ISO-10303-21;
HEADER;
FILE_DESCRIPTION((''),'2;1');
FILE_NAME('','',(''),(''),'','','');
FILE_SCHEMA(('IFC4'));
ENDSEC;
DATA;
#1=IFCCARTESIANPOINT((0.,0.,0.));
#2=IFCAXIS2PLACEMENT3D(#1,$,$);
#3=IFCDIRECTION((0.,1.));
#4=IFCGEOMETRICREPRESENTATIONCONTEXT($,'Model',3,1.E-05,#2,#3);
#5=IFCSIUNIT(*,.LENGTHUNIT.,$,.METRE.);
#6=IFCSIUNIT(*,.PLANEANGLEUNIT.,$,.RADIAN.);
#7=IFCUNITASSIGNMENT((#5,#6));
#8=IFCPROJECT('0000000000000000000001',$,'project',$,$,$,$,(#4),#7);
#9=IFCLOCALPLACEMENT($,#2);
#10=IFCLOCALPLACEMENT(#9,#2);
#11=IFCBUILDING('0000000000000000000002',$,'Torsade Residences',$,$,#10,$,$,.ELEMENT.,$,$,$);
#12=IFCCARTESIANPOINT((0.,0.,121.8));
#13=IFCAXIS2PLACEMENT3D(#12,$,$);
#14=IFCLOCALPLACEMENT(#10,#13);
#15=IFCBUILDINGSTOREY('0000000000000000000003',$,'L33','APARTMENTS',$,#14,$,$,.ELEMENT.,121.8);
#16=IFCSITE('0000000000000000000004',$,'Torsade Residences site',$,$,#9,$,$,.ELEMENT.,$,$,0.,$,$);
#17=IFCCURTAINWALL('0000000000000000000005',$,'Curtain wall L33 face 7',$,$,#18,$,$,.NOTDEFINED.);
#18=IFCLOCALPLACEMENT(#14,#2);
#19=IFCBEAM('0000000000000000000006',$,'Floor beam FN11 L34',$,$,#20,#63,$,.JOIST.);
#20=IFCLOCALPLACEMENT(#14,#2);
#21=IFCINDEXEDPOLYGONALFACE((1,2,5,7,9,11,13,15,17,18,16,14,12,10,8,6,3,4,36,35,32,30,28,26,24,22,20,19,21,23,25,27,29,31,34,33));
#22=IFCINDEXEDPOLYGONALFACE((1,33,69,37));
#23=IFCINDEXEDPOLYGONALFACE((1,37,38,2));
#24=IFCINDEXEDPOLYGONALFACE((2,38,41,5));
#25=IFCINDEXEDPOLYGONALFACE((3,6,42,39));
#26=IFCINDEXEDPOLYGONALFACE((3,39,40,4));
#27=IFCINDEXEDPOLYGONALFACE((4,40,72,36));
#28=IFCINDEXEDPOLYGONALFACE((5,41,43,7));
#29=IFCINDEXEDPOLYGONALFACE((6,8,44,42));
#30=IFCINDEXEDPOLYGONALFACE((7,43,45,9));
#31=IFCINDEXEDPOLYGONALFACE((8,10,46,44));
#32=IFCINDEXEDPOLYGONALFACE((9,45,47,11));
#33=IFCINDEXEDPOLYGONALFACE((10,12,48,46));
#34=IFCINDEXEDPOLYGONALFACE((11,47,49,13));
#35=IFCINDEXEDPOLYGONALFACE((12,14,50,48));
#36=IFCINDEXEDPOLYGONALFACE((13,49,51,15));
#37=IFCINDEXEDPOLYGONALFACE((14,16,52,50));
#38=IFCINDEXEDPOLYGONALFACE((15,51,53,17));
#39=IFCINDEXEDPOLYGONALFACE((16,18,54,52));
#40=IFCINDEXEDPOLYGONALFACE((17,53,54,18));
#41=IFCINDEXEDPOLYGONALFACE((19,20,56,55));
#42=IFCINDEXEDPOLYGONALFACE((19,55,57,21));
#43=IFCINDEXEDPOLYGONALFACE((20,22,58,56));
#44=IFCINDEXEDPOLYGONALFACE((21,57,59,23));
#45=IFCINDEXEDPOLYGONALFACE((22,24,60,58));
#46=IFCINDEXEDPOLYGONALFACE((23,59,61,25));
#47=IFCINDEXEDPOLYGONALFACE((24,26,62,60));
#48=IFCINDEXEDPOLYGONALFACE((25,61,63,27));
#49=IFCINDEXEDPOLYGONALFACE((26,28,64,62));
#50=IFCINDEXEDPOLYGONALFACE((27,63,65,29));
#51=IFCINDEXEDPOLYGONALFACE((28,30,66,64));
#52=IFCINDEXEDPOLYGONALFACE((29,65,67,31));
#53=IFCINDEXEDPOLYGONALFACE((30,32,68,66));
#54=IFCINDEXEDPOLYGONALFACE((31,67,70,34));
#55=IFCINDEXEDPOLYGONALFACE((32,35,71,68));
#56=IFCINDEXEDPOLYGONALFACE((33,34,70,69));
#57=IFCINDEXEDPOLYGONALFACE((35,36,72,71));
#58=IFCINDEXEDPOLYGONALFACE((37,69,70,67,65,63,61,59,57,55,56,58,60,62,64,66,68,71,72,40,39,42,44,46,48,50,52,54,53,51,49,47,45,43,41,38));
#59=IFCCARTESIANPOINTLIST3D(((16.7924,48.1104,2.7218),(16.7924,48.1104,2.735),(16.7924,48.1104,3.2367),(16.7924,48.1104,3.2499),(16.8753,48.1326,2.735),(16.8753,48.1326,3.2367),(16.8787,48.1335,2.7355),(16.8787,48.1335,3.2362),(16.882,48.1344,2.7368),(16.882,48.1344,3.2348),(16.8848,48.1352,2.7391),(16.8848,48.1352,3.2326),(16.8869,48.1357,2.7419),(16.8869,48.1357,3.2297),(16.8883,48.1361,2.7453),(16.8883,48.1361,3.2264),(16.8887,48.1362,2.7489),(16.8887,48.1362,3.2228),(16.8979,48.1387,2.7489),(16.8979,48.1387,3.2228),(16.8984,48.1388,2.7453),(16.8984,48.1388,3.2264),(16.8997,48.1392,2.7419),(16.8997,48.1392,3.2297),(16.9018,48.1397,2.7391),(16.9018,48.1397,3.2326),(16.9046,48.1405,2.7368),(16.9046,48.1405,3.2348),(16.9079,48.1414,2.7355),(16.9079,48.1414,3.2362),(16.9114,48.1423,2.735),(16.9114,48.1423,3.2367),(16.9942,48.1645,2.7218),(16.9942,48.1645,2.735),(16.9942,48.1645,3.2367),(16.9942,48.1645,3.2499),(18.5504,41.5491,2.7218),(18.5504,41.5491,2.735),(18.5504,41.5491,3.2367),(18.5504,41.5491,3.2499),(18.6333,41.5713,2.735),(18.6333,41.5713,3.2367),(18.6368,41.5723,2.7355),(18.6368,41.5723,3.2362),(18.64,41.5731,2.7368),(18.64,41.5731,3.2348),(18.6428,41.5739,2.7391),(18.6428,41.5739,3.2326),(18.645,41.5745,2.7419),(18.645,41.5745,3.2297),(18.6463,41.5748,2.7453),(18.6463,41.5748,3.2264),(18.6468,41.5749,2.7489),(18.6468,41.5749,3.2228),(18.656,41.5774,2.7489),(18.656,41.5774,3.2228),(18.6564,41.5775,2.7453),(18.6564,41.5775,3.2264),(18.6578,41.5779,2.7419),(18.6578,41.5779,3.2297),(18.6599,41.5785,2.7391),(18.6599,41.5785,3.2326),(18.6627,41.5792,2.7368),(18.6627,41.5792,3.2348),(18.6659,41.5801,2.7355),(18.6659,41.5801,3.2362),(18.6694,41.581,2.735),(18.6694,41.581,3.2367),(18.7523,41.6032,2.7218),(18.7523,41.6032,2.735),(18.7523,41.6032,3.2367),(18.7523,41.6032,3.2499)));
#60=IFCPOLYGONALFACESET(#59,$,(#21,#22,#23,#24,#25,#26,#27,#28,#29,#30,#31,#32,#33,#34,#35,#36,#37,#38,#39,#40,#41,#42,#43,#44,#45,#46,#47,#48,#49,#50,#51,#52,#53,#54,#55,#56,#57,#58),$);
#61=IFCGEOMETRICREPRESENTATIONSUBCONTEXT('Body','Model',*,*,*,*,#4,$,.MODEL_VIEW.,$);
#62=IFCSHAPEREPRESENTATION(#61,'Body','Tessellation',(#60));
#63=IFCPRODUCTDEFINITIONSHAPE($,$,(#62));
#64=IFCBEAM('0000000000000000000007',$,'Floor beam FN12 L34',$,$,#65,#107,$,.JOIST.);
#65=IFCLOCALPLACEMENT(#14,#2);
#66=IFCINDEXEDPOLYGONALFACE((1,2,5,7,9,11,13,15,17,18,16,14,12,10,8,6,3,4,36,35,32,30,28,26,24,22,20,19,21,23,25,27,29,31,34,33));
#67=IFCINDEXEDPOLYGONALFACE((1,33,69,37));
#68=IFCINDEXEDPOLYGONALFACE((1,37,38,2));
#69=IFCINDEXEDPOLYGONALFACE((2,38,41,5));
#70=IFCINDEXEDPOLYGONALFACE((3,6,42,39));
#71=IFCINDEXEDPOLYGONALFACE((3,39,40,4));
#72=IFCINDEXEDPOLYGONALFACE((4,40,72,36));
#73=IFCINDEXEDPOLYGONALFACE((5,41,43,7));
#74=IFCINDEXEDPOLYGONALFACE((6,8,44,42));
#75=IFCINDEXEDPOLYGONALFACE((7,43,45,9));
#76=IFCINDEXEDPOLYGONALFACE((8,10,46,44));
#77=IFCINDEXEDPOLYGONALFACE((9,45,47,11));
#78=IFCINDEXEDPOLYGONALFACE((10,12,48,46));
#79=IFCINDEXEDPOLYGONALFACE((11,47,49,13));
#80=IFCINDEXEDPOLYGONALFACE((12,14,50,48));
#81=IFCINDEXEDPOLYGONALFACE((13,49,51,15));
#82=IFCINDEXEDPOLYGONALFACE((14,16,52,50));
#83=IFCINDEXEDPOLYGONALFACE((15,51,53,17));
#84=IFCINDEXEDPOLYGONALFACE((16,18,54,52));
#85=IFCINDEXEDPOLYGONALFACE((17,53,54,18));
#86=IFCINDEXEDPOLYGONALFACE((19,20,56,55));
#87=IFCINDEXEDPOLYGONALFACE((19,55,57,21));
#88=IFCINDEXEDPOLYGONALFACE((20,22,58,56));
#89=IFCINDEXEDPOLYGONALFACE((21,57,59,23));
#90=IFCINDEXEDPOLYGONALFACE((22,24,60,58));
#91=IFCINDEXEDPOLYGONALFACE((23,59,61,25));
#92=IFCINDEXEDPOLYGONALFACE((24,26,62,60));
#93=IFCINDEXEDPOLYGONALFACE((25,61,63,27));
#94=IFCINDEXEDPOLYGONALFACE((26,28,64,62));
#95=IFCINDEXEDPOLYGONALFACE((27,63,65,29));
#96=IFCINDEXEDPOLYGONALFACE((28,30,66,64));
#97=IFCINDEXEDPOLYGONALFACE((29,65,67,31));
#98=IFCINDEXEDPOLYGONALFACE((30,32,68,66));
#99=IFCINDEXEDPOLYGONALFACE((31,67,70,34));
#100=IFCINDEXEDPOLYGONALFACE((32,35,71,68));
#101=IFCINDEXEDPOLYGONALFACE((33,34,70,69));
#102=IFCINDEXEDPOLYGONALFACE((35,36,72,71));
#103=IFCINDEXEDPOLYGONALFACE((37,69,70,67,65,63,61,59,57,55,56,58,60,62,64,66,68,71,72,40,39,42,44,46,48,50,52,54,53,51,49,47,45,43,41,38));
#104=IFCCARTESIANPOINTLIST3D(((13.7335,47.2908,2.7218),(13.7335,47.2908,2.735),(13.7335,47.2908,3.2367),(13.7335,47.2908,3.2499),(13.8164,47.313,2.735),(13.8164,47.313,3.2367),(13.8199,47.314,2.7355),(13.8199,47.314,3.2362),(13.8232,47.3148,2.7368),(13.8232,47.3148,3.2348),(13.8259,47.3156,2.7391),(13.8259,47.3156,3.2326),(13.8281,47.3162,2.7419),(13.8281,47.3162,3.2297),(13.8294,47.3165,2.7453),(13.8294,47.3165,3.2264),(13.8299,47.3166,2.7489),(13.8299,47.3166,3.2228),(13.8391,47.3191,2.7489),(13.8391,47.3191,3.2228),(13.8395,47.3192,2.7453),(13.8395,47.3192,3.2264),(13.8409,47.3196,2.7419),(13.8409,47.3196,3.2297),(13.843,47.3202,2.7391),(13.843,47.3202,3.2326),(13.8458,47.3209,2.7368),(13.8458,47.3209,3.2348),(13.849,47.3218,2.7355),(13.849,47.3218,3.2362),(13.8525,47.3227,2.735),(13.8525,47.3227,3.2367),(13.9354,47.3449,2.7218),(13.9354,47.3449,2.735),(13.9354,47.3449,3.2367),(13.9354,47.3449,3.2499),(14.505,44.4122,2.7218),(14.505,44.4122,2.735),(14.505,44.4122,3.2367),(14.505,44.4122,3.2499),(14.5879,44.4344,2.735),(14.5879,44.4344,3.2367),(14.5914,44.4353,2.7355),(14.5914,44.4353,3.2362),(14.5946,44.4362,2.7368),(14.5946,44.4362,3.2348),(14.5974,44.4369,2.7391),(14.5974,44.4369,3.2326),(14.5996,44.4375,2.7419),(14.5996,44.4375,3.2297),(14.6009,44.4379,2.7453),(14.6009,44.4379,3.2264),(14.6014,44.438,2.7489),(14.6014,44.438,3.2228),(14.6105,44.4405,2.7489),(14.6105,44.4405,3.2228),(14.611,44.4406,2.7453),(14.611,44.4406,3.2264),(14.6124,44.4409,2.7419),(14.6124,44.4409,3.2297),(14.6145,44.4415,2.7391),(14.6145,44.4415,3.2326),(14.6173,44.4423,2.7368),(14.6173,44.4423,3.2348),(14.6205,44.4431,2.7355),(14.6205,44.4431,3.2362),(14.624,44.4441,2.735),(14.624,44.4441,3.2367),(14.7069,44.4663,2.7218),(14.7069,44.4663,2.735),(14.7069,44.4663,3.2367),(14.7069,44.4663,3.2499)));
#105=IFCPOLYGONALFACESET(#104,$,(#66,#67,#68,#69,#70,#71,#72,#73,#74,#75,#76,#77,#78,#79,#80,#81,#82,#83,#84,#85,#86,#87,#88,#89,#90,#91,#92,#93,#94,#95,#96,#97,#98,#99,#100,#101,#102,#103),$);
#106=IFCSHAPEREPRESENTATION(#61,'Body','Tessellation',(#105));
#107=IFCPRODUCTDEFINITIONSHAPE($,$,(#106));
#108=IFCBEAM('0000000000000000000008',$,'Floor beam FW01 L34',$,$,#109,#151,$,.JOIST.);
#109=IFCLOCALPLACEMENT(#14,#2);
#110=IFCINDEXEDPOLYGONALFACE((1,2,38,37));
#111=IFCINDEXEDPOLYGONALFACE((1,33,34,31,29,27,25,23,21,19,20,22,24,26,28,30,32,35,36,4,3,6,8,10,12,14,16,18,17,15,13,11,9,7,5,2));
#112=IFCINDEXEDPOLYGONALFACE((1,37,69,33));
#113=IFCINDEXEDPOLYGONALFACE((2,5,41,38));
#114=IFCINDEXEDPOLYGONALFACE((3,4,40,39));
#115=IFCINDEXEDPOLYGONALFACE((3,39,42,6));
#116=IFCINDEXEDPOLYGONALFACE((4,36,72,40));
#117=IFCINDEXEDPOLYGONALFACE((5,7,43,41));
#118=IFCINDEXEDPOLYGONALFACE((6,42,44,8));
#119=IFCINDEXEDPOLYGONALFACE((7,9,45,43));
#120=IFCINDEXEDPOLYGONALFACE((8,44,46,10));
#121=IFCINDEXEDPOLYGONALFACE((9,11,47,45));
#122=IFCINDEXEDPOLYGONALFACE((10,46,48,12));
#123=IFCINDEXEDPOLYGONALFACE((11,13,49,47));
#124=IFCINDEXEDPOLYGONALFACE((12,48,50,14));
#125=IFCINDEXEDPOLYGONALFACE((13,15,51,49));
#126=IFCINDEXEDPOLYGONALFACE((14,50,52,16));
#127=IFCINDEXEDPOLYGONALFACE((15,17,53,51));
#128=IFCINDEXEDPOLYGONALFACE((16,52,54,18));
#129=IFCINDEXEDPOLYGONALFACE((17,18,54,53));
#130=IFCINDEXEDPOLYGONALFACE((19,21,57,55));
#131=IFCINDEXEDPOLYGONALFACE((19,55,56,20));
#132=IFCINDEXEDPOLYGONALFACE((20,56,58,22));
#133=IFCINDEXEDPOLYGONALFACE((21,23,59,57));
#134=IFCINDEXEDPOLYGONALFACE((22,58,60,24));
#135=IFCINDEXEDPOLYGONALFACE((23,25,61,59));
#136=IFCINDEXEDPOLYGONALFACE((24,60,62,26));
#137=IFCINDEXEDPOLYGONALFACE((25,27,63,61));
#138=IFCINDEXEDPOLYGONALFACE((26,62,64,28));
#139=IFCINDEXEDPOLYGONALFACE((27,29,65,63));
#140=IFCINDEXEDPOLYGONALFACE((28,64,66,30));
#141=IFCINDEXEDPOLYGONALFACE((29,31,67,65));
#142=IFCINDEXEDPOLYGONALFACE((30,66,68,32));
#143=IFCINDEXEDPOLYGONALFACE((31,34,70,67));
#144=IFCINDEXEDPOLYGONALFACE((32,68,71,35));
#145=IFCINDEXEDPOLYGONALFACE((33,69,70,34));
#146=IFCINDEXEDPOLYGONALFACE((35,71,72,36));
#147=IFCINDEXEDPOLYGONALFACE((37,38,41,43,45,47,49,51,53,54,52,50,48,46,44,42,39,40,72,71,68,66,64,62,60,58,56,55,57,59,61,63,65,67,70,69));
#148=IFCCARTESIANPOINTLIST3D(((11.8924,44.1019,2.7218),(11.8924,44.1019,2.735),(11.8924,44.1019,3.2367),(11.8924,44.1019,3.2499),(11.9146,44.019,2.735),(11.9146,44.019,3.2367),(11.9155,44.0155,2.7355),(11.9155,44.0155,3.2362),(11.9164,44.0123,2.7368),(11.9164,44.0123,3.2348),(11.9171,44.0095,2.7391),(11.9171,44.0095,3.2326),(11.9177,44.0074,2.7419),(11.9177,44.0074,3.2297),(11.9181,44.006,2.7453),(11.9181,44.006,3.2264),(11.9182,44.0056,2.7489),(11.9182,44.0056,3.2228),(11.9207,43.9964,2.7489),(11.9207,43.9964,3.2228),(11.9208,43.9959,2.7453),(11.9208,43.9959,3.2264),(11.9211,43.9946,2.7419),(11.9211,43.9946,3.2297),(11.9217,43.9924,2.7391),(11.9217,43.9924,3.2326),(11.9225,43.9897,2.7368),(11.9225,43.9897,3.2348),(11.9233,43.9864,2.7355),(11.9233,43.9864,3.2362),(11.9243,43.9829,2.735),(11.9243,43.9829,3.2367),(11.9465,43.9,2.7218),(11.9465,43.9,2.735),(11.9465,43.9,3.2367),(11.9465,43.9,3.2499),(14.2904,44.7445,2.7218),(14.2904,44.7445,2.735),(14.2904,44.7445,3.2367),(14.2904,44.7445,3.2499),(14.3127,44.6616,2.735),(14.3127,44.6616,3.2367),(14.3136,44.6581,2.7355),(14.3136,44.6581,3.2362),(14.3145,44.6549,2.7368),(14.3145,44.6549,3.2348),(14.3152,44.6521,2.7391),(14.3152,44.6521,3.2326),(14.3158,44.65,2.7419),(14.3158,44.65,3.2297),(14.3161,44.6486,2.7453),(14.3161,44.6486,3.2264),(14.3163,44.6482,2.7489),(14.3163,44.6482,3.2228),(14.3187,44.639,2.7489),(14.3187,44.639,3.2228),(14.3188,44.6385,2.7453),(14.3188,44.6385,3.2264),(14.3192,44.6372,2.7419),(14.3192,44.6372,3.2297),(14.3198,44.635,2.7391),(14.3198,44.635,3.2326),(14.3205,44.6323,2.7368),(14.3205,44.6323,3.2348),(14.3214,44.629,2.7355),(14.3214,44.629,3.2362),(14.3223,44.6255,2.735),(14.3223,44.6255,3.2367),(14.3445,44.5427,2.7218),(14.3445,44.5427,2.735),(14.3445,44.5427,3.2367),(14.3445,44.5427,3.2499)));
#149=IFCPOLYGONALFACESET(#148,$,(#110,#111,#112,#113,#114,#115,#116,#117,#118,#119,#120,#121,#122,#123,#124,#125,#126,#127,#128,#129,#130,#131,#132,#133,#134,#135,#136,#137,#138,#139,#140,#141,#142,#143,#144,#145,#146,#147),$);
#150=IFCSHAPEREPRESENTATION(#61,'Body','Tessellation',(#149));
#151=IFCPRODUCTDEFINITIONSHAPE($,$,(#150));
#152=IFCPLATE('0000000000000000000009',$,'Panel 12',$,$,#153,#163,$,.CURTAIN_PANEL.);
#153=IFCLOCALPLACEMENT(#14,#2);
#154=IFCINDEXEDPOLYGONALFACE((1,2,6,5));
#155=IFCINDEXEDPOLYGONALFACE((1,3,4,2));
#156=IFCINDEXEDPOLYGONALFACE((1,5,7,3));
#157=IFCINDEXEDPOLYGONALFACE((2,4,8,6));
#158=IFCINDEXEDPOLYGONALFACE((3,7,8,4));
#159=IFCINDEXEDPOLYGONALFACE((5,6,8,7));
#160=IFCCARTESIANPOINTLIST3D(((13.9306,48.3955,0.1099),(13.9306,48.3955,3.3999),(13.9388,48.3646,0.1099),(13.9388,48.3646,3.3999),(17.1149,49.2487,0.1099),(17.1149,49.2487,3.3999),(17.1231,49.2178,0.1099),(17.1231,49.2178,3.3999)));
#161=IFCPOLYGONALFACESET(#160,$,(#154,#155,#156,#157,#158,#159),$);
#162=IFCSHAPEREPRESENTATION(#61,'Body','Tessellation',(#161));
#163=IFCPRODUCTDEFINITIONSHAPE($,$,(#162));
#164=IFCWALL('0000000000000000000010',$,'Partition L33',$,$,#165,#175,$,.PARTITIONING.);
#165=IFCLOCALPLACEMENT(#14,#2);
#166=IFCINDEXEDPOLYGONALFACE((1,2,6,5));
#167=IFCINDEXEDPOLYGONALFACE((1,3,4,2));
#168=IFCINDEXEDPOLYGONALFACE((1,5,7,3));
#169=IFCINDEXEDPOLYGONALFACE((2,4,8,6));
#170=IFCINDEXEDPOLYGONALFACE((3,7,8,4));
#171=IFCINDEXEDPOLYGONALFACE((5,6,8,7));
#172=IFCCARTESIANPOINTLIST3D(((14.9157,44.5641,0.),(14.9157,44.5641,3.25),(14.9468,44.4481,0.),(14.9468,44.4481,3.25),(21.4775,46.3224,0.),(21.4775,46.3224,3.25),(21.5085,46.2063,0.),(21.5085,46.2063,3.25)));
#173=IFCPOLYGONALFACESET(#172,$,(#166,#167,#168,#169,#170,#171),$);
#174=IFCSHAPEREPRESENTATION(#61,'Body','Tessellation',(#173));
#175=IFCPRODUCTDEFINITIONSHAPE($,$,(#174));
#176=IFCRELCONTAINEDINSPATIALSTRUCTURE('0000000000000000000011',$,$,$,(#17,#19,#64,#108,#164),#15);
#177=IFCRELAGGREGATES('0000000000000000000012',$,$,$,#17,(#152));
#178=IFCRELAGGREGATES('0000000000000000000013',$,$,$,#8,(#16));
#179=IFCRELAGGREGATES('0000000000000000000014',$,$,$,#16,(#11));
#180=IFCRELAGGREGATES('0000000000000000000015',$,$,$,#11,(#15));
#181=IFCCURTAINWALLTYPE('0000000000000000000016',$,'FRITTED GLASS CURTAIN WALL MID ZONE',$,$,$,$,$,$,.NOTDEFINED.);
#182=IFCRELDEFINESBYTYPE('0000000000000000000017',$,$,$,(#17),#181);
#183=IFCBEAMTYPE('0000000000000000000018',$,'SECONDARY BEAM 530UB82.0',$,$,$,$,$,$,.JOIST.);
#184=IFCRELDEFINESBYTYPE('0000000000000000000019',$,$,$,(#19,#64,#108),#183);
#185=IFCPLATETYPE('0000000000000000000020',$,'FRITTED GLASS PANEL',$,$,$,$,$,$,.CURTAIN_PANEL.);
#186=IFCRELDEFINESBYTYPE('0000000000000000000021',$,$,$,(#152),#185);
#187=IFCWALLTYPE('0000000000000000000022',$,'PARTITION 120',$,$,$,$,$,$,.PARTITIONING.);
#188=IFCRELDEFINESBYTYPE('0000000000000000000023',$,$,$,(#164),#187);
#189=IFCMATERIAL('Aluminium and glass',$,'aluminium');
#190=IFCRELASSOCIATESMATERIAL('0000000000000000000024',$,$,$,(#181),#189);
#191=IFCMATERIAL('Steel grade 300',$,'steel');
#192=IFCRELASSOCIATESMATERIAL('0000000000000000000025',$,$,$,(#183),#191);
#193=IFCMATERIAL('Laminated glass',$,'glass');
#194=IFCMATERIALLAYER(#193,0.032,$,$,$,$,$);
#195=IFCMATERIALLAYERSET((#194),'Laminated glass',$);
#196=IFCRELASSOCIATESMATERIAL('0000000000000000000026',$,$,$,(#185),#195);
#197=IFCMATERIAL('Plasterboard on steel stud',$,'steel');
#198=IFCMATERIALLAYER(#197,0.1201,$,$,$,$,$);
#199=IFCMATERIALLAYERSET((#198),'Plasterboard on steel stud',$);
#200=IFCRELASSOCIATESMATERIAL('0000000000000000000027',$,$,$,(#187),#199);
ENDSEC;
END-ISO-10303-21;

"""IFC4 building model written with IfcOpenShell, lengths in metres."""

from ifc_helpers import new_model, si_unit, direction, frame, frame_2d, origin, origin_2d, place, context, subcontext, project, spatial, rectangle, i_section, extrude, material, layer, layer_set, material_profile, profile_set, type_object, element, aggregate, save


model = new_model("IFC4")

# Units and contexts
model_context = context("Model", 3, precision=1e-05, world=origin(), true_north=direction((0.0, 1.0)))
body_context = subcontext(model_context, "Body", "Model", "MODEL_VIEW")
ifc_project = project(units=[si_unit("LENGTHUNIT", "METRE"), si_unit("PLANEANGLEUNIT", "RADIAN")], contexts=[model_context])

# Site, building, storey
site_placement = place(None, origin())
site = spatial("IfcSite", under=ifc_project, at=site_placement, Name="Torsade Residences site", CompositionType="ELEMENT", RefElevation=0.0)
building_placement = place(site_placement, origin())
building = spatial("IfcBuilding", under=site, at=building_placement, Name="Torsade Residences", CompositionType="ELEMENT")
storey_placement = place(building_placement, frame((0.0, 0.0, 121.8)))
storey = spatial("IfcBuildingStorey", under=building, at=storey_placement, Name="L33", Description="APARTMENTS", CompositionType="ELEMENT", Elevation=121.8)

# Curtain wall
ifc_material_1 = material(Name="Aluminium and glass", Category="aluminium")
curtain_wall_type = type_object("IfcCurtainWallType", Name="FRITTED GLASS CURTAIN WALL MID ZONE", PredefinedType="NOTDEFINED", material=ifc_material_1)
curtain_wall_placement = place(storey_placement, origin())
curtain_wall = element("IfcCurtainWall", 1, at=curtain_wall_placement, inside=storey, type_object=curtain_wall_type, Name="Curtain wall L33 face 7", PredefinedType="NOTDEFINED")

# Beams
ifc_material_2 = material(Name="Steel grade 300", Category="steel")
ifc_material_profile_1 = material_profile(ifc_material_2, i_section(OverallWidth=0.209, OverallDepth=0.5281, WebThickness=0.0095, FlangeThickness=0.0132, FilletRadius=0.0139, at=origin_2d()), Name="530UB82.0")
ifc_profile_set_1 = profile_set([ifc_material_profile_1], Name="Steel grade 300")
beam_type_1 = type_object("IfcBeamType", Name="SECONDARY BEAM 530UB82.0", PredefinedType="JOIST", material=ifc_profile_set_1)
beam_1_placement = place(storey_placement, frame((16.8933, 48.1375, 2.9858), z_axis=(0.258815, -0.965927, 0.0), x_axis=(0.965927, 0.258815, 0.0)))
element("IfcBeam", 2, at=beam_1_placement, inside=storey, type_object=beam_type_1, Name="Floor beam FN11 L34", PredefinedType="JOIST", context=body_context, shape_type="SweptSolid", body=[
    extrude(i_section(OverallWidth=0.209, OverallDepth=0.5281, WebThickness=0.0095, FlangeThickness=0.0132, FilletRadius=0.0139, at=origin_2d()), origin(), (0.0, 0.0, 1.0), 6.7927),
])
beam_2_placement = place(storey_placement, frame((13.8345, 47.3179, 2.9858), z_axis=(0.258866, -0.965913, 0.0), x_axis=(0.965913, 0.258866, 0.0)))
element("IfcBeam", 3, at=beam_2_placement, inside=storey, type_object=beam_type_1, Name="Floor beam FN12 L34", PredefinedType="JOIST", context=body_context, shape_type="SweptSolid", body=[
    extrude(i_section(OverallWidth=0.209, OverallDepth=0.5281, WebThickness=0.0095, FlangeThickness=0.0132, FilletRadius=0.0139, at=origin_2d()), origin(), (0.0, 0.0, 1.0), 2.9802),
])
beam_3_placement = place(storey_placement, frame((11.9194, 44.001, 2.9858), z_axis=(0.965921, 0.258838, 0.0), x_axis=(-0.258838, 0.965921, 0.0)))
element("IfcBeam", 4, at=beam_3_placement, inside=storey, type_object=beam_type_1, Name="Floor beam FW01 L34", PredefinedType="JOIST", context=body_context, shape_type="SweptSolid", body=[
    extrude(i_section(OverallWidth=0.209, OverallDepth=0.5281, WebThickness=0.0095, FlangeThickness=0.0132, FilletRadius=0.0139, at=origin_2d()), origin(), (0.0, 0.0, 1.0), 2.4827),
])

# Plate
ifc_material_3 = material(Name="Laminated glass", Category="glass")
ifc_layer_1 = layer(ifc_material_3, 0.032)
ifc_layer_set_1 = layer_set([ifc_layer_1], Name="Laminated glass")
plate_type = type_object("IfcPlateType", Name="FRITTED GLASS PANEL", PredefinedType="CURTAIN_PANEL", material=ifc_layer_set_1)
plate_placement = place(storey_placement, frame((15.5269, 48.8066, 0.1099), z_axis=(0.0, 0.0, 1.0), x_axis=(-0.965926, -0.258819, 0.0)))
plate = element("IfcPlate", 5, at=plate_placement, type_object=plate_type, Name="Panel 12", PredefinedType="CURTAIN_PANEL", context=body_context, shape_type="SweptSolid", body=[
    extrude(rectangle(XDim=3.2966, YDim=0.032, at=origin_2d()), origin(), (0.0, 0.0, 1.0), 3.29),
])
aggregate(curtain_wall, [plate])

# Wall
ifc_material_4 = material(Name="Plasterboard on steel stud", Category="steel")
ifc_layer_2 = layer(ifc_material_4, 0.1201)
ifc_layer_set_2 = layer_set([ifc_layer_2], Name="Plasterboard on steel stud")
wall_type_1 = type_object("IfcWallType", Name="PARTITION 120", PredefinedType="PARTITIONING", material=ifc_layer_set_2)
wall_1_placement = place(storey_placement, frame((14.9314, 44.5061, 0.0), z_axis=(0.0, 0.0, 1.0), x_axis=(0.965923, 0.25883, 0.0)))
element("IfcWall", 6, at=wall_1_placement, inside=storey, type_object=wall_type_1, Name="Partition L33", PredefinedType="PARTITIONING", context=body_context, shape_type="SweptSolid", body=[
    extrude(rectangle(XDim=6.7932, YDim=0.1201, at=frame_2d((3.3965, 0.0))), origin(), (0.0, 0.0, 1.0), 3.25),
])

save(model, "model.ifc")
